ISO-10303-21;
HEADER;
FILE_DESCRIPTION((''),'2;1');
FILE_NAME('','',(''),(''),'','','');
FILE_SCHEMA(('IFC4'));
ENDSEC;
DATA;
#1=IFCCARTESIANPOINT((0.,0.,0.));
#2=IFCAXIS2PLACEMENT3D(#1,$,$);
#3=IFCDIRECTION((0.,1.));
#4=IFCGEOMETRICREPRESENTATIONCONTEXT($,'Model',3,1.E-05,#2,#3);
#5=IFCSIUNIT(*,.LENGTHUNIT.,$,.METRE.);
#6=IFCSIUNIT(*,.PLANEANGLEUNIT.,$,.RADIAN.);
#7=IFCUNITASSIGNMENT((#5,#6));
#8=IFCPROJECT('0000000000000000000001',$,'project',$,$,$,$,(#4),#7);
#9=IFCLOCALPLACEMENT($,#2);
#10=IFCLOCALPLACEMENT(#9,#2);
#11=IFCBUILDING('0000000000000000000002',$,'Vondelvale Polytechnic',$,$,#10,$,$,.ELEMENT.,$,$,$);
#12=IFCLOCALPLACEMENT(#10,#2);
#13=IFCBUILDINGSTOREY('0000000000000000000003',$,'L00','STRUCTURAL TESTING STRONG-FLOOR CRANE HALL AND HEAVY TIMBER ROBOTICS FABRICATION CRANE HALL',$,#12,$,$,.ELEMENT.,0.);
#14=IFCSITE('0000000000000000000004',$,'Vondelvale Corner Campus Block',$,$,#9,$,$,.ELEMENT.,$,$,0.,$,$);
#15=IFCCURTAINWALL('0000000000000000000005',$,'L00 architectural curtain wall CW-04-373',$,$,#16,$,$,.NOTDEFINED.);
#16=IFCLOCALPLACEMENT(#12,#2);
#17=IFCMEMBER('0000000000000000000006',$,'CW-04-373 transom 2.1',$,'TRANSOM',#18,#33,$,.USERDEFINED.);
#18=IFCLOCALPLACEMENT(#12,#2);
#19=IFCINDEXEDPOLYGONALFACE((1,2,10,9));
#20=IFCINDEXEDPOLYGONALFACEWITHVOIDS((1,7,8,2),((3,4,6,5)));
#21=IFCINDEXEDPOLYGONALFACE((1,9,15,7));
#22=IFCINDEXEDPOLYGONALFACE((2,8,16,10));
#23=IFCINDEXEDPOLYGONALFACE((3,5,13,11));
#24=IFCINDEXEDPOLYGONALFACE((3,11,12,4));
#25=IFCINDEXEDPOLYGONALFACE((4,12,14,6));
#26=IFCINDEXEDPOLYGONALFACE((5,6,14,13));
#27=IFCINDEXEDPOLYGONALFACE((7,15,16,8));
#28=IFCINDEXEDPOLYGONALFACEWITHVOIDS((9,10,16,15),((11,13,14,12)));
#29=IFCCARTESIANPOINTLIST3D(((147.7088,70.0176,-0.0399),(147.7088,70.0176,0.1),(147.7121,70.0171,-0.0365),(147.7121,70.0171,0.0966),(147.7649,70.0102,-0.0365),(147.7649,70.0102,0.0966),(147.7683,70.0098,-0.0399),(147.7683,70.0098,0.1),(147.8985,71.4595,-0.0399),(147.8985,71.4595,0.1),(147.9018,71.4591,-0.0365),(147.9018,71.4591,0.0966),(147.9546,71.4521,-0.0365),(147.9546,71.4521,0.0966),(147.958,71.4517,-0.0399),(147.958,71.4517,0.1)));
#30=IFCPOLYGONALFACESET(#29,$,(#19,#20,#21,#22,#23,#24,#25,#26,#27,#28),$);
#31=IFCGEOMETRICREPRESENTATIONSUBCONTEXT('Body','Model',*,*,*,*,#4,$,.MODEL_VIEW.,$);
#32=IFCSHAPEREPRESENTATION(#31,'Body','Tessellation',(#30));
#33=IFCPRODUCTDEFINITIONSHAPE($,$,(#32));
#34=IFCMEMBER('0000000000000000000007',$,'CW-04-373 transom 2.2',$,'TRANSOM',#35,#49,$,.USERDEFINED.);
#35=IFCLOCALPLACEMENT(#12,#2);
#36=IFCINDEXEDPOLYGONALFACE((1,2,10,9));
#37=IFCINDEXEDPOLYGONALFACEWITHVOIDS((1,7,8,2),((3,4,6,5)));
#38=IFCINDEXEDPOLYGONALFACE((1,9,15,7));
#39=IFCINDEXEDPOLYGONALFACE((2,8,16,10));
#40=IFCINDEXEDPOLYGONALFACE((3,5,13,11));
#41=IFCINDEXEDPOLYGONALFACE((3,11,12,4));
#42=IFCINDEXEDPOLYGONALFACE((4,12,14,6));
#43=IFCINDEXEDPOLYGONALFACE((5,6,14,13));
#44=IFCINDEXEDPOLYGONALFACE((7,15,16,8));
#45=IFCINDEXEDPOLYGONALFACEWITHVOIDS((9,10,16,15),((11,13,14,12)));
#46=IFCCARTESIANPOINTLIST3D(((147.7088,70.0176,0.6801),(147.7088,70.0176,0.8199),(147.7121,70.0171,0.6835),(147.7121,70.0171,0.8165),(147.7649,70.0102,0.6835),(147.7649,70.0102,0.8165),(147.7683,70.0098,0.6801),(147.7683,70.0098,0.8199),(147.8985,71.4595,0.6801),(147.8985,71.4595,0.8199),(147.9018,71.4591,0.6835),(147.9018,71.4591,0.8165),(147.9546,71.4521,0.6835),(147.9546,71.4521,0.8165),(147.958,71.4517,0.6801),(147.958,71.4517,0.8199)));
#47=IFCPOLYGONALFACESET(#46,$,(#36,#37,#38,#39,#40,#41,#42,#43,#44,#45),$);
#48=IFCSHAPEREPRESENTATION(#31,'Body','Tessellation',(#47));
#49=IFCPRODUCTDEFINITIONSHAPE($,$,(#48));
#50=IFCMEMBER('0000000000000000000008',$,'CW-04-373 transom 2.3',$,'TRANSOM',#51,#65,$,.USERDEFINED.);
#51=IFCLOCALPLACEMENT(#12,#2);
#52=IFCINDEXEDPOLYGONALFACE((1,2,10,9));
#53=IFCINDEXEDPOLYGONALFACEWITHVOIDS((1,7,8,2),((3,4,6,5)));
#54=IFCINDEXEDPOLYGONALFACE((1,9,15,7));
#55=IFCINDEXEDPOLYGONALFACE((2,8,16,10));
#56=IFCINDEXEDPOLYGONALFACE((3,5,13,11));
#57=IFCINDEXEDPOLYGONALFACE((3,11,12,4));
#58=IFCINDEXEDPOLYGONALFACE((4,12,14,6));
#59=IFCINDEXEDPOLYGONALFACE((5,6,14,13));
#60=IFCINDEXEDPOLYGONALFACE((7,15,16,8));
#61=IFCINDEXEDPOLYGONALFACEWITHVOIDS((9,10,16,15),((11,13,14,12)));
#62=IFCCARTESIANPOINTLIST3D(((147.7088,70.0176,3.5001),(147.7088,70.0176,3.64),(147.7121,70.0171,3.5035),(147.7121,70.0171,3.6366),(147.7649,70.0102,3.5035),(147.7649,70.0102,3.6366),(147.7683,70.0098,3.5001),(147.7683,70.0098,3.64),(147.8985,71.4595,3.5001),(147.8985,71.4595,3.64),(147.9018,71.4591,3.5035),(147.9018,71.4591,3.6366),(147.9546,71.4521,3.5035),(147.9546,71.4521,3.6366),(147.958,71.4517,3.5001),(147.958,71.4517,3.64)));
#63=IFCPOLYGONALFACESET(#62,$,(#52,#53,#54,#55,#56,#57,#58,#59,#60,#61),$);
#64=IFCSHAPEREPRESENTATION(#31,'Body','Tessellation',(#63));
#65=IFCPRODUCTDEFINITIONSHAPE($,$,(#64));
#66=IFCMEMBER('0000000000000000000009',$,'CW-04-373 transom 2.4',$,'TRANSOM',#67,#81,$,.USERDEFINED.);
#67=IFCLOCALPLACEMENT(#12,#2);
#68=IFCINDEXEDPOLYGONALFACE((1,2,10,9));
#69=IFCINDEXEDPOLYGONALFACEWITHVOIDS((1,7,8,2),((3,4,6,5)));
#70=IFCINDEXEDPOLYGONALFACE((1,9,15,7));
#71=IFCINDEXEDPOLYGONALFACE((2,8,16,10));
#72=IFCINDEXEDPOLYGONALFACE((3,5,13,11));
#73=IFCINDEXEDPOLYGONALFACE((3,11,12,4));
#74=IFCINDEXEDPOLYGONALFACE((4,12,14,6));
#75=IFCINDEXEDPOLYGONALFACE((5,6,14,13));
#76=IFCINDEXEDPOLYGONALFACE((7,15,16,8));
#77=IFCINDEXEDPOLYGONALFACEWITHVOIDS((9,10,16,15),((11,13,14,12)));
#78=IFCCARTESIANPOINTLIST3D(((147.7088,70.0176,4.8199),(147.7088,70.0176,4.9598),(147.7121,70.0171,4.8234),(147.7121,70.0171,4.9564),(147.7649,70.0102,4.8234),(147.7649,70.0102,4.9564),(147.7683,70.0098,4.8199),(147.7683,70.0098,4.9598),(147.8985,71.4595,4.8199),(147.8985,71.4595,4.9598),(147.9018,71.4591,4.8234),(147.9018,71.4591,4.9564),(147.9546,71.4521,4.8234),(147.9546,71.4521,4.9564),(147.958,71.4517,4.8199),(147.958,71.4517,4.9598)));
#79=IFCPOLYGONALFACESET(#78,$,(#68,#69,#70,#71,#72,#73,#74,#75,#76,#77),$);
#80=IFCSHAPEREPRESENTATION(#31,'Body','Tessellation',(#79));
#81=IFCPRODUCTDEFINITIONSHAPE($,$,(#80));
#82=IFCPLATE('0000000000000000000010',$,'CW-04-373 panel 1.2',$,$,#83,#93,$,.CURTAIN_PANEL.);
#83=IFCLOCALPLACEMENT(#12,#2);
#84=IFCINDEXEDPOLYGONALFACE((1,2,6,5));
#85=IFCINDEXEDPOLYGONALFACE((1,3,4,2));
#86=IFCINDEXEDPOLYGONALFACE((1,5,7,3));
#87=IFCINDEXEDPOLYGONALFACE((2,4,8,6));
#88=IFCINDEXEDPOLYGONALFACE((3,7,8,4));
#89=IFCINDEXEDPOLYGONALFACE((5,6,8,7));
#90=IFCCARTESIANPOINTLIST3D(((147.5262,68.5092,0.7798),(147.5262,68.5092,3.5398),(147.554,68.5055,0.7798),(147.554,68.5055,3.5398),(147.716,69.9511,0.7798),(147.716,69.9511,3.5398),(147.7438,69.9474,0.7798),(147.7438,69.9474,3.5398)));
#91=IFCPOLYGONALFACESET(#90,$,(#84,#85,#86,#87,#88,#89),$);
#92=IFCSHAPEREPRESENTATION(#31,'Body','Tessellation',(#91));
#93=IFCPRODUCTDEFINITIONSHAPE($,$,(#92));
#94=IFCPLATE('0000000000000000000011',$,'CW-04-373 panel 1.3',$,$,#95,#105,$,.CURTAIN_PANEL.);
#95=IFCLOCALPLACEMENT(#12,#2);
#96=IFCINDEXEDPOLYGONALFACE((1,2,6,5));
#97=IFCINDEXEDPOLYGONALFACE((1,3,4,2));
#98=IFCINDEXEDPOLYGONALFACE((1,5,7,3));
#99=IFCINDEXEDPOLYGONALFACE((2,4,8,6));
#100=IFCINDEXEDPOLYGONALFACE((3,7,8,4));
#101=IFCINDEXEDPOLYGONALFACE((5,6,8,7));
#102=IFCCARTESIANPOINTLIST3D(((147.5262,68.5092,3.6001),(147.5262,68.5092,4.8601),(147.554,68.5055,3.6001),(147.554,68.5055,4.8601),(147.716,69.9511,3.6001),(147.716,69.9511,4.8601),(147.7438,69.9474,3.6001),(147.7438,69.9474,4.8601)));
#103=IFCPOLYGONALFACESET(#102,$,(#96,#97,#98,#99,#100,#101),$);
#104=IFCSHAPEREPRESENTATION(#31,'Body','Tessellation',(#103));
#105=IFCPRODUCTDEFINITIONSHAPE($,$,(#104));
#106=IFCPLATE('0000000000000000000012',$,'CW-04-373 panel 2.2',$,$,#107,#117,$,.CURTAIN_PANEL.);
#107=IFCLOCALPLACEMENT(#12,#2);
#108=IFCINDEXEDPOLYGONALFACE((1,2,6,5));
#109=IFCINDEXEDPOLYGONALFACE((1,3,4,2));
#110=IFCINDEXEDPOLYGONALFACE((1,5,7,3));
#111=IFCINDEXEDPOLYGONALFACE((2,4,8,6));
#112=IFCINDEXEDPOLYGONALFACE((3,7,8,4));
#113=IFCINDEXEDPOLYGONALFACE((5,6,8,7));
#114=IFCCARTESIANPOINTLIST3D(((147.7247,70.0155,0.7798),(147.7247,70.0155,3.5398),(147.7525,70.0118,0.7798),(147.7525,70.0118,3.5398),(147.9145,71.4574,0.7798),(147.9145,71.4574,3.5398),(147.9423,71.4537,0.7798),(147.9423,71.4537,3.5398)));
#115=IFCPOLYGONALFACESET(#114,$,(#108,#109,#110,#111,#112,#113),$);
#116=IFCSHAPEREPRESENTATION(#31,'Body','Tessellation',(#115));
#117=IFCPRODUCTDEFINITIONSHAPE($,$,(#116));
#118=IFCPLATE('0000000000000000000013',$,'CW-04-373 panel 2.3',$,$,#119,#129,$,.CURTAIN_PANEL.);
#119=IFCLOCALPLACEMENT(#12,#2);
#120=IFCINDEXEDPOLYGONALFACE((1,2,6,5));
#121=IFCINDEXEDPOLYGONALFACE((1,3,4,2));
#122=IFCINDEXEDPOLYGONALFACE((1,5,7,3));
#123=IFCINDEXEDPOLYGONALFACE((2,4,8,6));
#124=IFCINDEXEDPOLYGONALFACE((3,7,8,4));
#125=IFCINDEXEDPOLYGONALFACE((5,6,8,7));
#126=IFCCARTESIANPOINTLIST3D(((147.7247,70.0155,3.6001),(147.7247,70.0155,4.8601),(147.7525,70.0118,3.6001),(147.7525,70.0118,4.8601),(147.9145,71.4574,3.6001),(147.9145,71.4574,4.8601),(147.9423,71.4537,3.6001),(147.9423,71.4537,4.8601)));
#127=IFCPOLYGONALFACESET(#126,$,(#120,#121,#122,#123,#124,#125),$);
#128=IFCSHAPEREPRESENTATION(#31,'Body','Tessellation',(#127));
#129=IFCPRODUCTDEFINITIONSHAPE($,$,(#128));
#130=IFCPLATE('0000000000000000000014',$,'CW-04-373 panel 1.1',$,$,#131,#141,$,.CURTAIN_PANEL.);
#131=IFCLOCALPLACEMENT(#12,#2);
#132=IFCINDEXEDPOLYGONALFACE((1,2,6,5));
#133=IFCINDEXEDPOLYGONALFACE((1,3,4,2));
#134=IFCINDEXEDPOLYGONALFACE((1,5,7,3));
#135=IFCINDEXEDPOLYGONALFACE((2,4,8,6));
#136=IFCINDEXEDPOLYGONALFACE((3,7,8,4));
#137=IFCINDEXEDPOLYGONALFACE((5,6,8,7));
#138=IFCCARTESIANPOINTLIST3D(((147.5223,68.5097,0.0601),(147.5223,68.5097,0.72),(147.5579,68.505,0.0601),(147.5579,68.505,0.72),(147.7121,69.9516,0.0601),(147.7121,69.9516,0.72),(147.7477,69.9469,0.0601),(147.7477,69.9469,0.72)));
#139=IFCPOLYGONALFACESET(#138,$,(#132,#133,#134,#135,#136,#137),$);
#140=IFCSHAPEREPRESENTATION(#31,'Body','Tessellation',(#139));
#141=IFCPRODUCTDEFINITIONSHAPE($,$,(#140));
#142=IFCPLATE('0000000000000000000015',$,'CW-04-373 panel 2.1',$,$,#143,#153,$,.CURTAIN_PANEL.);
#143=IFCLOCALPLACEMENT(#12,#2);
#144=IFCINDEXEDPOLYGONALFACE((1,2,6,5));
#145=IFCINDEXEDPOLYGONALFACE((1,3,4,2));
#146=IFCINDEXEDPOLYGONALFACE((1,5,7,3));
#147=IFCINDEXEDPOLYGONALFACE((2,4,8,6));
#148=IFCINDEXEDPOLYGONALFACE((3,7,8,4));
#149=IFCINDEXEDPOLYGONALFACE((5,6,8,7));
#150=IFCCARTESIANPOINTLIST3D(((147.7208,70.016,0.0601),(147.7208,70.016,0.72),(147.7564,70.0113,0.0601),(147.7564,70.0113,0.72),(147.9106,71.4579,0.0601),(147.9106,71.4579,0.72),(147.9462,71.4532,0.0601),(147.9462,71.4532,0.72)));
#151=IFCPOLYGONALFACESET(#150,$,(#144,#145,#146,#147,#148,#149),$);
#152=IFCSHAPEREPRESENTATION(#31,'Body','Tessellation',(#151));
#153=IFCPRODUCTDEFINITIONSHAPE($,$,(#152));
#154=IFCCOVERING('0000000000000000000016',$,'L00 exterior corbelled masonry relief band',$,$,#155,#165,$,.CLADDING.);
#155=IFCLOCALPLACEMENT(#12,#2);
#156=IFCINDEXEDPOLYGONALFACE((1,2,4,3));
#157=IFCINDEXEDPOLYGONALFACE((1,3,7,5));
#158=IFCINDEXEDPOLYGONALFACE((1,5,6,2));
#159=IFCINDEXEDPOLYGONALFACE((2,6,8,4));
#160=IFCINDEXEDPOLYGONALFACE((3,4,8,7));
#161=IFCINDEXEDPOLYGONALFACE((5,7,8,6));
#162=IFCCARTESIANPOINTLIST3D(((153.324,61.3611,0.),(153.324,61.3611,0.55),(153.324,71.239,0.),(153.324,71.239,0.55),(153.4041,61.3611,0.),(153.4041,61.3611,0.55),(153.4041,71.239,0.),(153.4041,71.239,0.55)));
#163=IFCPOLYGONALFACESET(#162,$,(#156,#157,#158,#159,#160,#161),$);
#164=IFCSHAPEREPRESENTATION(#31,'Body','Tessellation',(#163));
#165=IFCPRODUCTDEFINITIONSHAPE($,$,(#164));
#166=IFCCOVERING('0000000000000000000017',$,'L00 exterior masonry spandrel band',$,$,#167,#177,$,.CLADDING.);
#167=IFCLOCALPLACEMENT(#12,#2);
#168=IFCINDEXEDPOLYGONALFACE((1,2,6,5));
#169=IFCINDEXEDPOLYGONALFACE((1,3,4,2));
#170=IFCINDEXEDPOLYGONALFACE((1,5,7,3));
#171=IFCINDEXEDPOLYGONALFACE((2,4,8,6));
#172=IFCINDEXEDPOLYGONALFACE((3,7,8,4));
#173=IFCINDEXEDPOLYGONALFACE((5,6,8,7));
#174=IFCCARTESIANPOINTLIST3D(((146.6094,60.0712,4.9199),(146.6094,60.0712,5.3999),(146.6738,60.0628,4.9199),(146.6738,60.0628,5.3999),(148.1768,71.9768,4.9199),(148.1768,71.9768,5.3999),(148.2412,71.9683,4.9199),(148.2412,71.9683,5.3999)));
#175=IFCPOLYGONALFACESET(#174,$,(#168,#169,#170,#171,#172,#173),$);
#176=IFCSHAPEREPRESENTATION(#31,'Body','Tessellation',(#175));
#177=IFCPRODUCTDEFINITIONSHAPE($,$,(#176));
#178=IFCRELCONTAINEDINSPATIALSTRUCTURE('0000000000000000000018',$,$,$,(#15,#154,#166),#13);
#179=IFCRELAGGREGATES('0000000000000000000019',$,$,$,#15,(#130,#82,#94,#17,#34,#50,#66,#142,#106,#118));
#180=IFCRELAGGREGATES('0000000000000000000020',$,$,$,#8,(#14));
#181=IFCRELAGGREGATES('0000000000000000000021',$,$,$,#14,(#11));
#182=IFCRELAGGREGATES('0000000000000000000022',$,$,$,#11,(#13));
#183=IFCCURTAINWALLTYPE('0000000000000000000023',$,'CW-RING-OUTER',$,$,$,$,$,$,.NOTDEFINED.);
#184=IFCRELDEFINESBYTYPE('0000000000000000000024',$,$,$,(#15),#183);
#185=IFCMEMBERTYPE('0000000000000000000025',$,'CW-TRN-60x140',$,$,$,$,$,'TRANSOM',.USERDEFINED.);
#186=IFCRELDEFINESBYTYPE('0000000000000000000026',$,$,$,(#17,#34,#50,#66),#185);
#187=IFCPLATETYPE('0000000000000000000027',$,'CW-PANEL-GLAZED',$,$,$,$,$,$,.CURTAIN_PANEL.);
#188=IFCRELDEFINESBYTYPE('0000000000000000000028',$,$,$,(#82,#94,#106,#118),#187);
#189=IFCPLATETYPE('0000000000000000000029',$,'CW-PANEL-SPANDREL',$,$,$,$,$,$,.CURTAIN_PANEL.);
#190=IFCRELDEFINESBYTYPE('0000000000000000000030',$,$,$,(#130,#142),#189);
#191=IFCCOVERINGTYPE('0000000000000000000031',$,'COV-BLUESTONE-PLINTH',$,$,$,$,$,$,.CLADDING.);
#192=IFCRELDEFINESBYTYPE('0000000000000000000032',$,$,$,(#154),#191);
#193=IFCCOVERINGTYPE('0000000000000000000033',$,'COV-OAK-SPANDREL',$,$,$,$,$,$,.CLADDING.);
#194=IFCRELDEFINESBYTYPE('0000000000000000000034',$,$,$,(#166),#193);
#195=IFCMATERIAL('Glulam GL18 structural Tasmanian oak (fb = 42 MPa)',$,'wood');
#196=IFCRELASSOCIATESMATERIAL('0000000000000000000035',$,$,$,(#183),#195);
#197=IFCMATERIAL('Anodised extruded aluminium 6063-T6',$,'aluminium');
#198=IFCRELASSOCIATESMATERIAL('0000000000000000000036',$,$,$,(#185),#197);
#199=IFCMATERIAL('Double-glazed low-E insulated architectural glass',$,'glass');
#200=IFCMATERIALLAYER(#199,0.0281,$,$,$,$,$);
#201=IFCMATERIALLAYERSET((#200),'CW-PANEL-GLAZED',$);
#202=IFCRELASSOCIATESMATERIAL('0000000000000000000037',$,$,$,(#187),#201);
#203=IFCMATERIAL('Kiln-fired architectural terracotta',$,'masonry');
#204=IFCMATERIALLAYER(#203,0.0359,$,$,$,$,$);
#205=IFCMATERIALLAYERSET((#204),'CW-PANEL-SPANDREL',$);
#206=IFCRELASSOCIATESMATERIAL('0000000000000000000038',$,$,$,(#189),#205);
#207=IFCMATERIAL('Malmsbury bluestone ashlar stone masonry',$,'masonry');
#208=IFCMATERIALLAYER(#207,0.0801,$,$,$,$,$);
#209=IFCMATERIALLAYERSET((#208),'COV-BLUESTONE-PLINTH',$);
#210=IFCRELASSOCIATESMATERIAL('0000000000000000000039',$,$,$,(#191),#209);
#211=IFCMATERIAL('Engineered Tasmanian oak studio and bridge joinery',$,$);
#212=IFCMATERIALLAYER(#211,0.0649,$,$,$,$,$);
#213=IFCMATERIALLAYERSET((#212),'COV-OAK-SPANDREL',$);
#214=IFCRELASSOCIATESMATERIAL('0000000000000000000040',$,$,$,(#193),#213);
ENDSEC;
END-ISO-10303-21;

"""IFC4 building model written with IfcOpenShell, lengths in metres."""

from ifc_helpers import new_model, si_unit, direction, frame, origin, origin_2d, place, context, subcontext, project, spatial, rectangle, hollow_rectangle, extrude, material, layer, layer_set, material_profile, profile_set, type_object, element, aggregate, save


model = new_model("IFC4")

# Units and contexts
model_context = context("Model", 3, precision=1e-05, world=origin(), true_north=direction((0.0, 1.0)))
body_context = subcontext(model_context, "Body", "Model", "MODEL_VIEW")
ifc_project = project(units=[si_unit("LENGTHUNIT", "METRE"), si_unit("PLANEANGLEUNIT", "RADIAN")], contexts=[model_context])

# Site, building, storey
site_placement = place(None, origin())
site = spatial("IfcSite", under=ifc_project, at=site_placement, Name="Vondelvale Corner Campus Block", CompositionType="ELEMENT", RefElevation=0.0)
building_placement = place(site_placement, origin())
building = spatial("IfcBuilding", under=site, at=building_placement, Name="Vondelvale Polytechnic", CompositionType="ELEMENT")
storey_placement = place(building_placement, origin())
storey = spatial("IfcBuildingStorey", under=building, at=storey_placement, Name="L00", Description="STRUCTURAL TESTING STRONG-FLOOR CRANE HALL AND HEAVY TIMBER ROBOTICS FABRICATION CRANE HALL", CompositionType="ELEMENT", Elevation=0.0)

# Shared definitions
ifc_material_1 = material(Name="Glulam GL18 structural Tasmanian oak (fb = 42 MPa)", Category="wood")

# Shared definitions
curtain_wall_type = type_object("IfcCurtainWallType", Name="CW-RING-OUTER", PredefinedType="NOTDEFINED", material=ifc_material_1)
ifc_material_2 = material(Name="Anodised extruded aluminium 6063-T6", Category="aluminium")

# Curtain wall, members, plates
curtain_wall_1_placement = place(storey_placement, origin())
curtain_wall_1 = element("IfcCurtainWall", 1, at=curtain_wall_1_placement, inside=storey, type_object=curtain_wall_type, Name="L00 architectural curtain wall CW-04-373", PredefinedType="NOTDEFINED")
ifc_material_profile_1 = material_profile(ifc_material_2, hollow_rectangle(XDim=0.0601, YDim=0.1399, WallThickness=0.0034, at=origin_2d()), Name="CW-TRN-140x60")
ifc_profile_set_1 = profile_set([ifc_material_profile_1], Name="Anodised extruded aluminium 6063-T6")
member_type_1 = type_object("IfcMemberType", Name="CW-TRN-60x140", ElementType="TRANSOM", PredefinedType="USERDEFINED", material=ifc_profile_set_1)
member_1_placement = place(storey_placement, frame((147.7385, 70.0137, 0.03), z_axis=(0.130437, 0.991457, 0.0), x_axis=(-0.991457, 0.130437, 0.0)))
member_1 = element("IfcMember", 2, at=member_1_placement, type_object=member_type_1, Name="CW-04-373 transom 2.1", ObjectType="TRANSOM", PredefinedType="USERDEFINED", context=body_context, shape_type="SweptSolid", body=[
    extrude(hollow_rectangle(XDim=0.0601, YDim=0.1399, WallThickness=0.0034, at=origin_2d()), origin(), (0.0, 0.0, 1.0), 1.4543),
])
member_2_placement = place(storey_placement, frame((147.7385, 70.0137, 0.75), z_axis=(0.130437, 0.991457, 0.0), x_axis=(-0.991457, 0.130437, 0.0)))
member_2 = element("IfcMember", 3, at=member_2_placement, type_object=member_type_1, Name="CW-04-373 transom 2.2", ObjectType="TRANSOM", PredefinedType="USERDEFINED", context=body_context, shape_type="SweptSolid", body=[
    extrude(hollow_rectangle(XDim=0.0601, YDim=0.1399, WallThickness=0.0034, at=origin_2d()), origin(), (0.0, 0.0, 1.0), 1.4543),
])
member_3_placement = place(storey_placement, frame((147.7385, 70.0137, 3.5701), z_axis=(0.130437, 0.991457, 0.0), x_axis=(-0.991457, 0.130437, 0.0)))
member_3 = element("IfcMember", 4, at=member_3_placement, type_object=member_type_1, Name="CW-04-373 transom 2.3", ObjectType="TRANSOM", PredefinedType="USERDEFINED", context=body_context, shape_type="SweptSolid", body=[
    extrude(hollow_rectangle(XDim=0.0601, YDim=0.1399, WallThickness=0.0034, at=origin_2d()), origin(), (0.0, 0.0, 1.0), 1.4543),
])
member_4_placement = place(storey_placement, frame((147.7385, 70.0137, 4.8899), z_axis=(0.130437, 0.991457, 0.0), x_axis=(-0.991457, 0.130437, 0.0)))
member_4 = element("IfcMember", 5, at=member_4_placement, type_object=member_type_1, Name="CW-04-373 transom 2.4", ObjectType="TRANSOM", PredefinedType="USERDEFINED", context=body_context, shape_type="SweptSolid", body=[
    extrude(hollow_rectangle(XDim=0.0601, YDim=0.1399, WallThickness=0.0034, at=origin_2d()), origin(), (0.0, 0.0, 1.0), 1.4543),
])
ifc_material_3 = material(Name="Double-glazed low-E insulated architectural glass", Category="glass")
ifc_layer_1 = layer(ifc_material_3, 0.0281)
ifc_layer_set_1 = layer_set([ifc_layer_1], Name="CW-PANEL-GLAZED")
plate_type_1 = type_object("IfcPlateType", Name="CW-PANEL-GLAZED", PredefinedType="CURTAIN_PANEL", material=ifc_layer_set_1)
plate_1_placement = place(storey_placement, frame((147.635, 69.2283, 0.7798), z_axis=(0.0, 0.0, 1.0), x_axis=(0.130524, 0.991445, 0.0)))
plate_1 = element("IfcPlate", 6, at=plate_1_placement, type_object=plate_type_1, Name="CW-04-373 panel 1.2", PredefinedType="CURTAIN_PANEL", context=body_context, shape_type="SweptSolid", body=[
    extrude(rectangle(XDim=1.4543, YDim=0.0281, at=origin_2d()), origin(), (0.0, 0.0, 1.0), 2.76),
])
plate_2_placement = place(storey_placement, frame((147.635, 69.2283, 3.6001), z_axis=(0.0, 0.0, 1.0), x_axis=(0.130524, 0.991445, 0.0)))
plate_2 = element("IfcPlate", 7, at=plate_2_placement, type_object=plate_type_1, Name="CW-04-373 panel 1.3", PredefinedType="CURTAIN_PANEL", context=body_context, shape_type="SweptSolid", body=[
    extrude(rectangle(XDim=1.4543, YDim=0.0281, at=origin_2d()), origin(), (0.0, 0.0, 1.0), 1.26),
])
plate_3_placement = place(storey_placement, frame((147.8335, 70.7346, 0.7798), z_axis=(0.0, 0.0, 1.0), x_axis=(0.130524, 0.991445, 0.0)))
plate_3 = element("IfcPlate", 8, at=plate_3_placement, type_object=plate_type_1, Name="CW-04-373 panel 2.2", PredefinedType="CURTAIN_PANEL", context=body_context, shape_type="SweptSolid", body=[
    extrude(rectangle(XDim=1.4543, YDim=0.0281, at=origin_2d()), origin(), (0.0, 0.0, 1.0), 2.76),
])
plate_4_placement = place(storey_placement, frame((147.8335, 70.7346, 3.6001), z_axis=(0.0, 0.0, 1.0), x_axis=(0.130524, 0.991445, 0.0)))
plate_4 = element("IfcPlate", 9, at=plate_4_placement, type_object=plate_type_1, Name="CW-04-373 panel 2.3", PredefinedType="CURTAIN_PANEL", context=body_context, shape_type="SweptSolid", body=[
    extrude(rectangle(XDim=1.4543, YDim=0.0281, at=origin_2d()), origin(), (0.0, 0.0, 1.0), 1.26),
])
ifc_material_4 = material(Name="Kiln-fired architectural terracotta", Category="masonry")
ifc_layer_2 = layer(ifc_material_4, 0.0359)
ifc_layer_set_2 = layer_set([ifc_layer_2], Name="CW-PANEL-SPANDREL")
plate_type_2 = type_object("IfcPlateType", Name="CW-PANEL-SPANDREL", PredefinedType="CURTAIN_PANEL", material=ifc_layer_set_2)
plate_5_placement = place(storey_placement, frame((147.635, 69.2283, 0.0601), z_axis=(0.0, 0.0, 1.0), x_axis=(0.130524, 0.991445, 0.0)))
plate_5 = element("IfcPlate", 10, at=plate_5_placement, type_object=plate_type_2, Name="CW-04-373 panel 1.1", PredefinedType="CURTAIN_PANEL", context=body_context, shape_type="SweptSolid", body=[
    extrude(rectangle(XDim=1.4543, YDim=0.0359, at=origin_2d()), origin(), (0.0, 0.0, 1.0), 0.6599),
])
plate_6_placement = place(storey_placement, frame((147.8335, 70.7346, 0.0601), z_axis=(0.0, 0.0, 1.0), x_axis=(0.130524, 0.991445, 0.0)))
plate_6 = element("IfcPlate", 11, at=plate_6_placement, type_object=plate_type_2, Name="CW-04-373 panel 2.1", PredefinedType="CURTAIN_PANEL", context=body_context, shape_type="SweptSolid", body=[
    extrude(rectangle(XDim=1.4543, YDim=0.0359, at=origin_2d()), origin(), (0.0, 0.0, 1.0), 0.6599),
])
aggregate(curtain_wall_1, [plate_5, plate_1, plate_2, member_1, member_2, member_3, member_4, plate_6, plate_3, plate_4])

# Coverings
ifc_material_5 = material(Name="Malmsbury bluestone ashlar stone masonry", Category="masonry")
ifc_layer_3 = layer(ifc_material_5, 0.0801)
ifc_layer_set_3 = layer_set([ifc_layer_3], Name="COV-BLUESTONE-PLINTH")
covering_type_1 = type_object("IfcCoveringType", Name="COV-BLUESTONE-PLINTH", PredefinedType="CLADDING", material=ifc_layer_set_3)
covering_1_placement = place(storey_placement, frame((153.364, 66.3, 0.0), z_axis=(0.0, 0.0, 1.0), x_axis=(0.0, 1.0, 0.0)))
element("IfcCovering", 12, at=covering_1_placement, inside=storey, type_object=covering_type_1, Name="L00 exterior corbelled masonry relief band", PredefinedType="CLADDING", context=body_context, shape_type="SweptSolid", body=[
    extrude(rectangle(XDim=9.8779, YDim=0.0801, at=origin_2d()), origin(), (0.0, 0.0, 1.0), 0.55),
])
ifc_material_6 = material(Name="Engineered Tasmanian oak studio and bridge joinery")
ifc_layer_4 = layer(ifc_material_6, 0.0649)
ifc_layer_set_4 = layer_set([ifc_layer_4], Name="COV-OAK-SPANDREL")
covering_type_2 = type_object("IfcCoveringType", Name="COV-OAK-SPANDREL", PredefinedType="CLADDING", material=ifc_layer_set_4)
covering_2_placement = place(storey_placement, frame((147.4253, 66.0198, 4.9199), z_axis=(0.0, 0.0, 1.0), x_axis=(0.130526, 0.991445, 0.0)))
element("IfcCovering", 13, at=covering_2_placement, inside=storey, type_object=covering_type_2, Name="L00 exterior masonry spandrel band", PredefinedType="CLADDING", context=body_context, shape_type="SweptSolid", body=[
    extrude(rectangle(XDim=12.0083, YDim=0.0649, at=origin_2d()), origin(), (0.0, 0.0, 1.0), 0.48),
])

save(model, "model.ifc")
